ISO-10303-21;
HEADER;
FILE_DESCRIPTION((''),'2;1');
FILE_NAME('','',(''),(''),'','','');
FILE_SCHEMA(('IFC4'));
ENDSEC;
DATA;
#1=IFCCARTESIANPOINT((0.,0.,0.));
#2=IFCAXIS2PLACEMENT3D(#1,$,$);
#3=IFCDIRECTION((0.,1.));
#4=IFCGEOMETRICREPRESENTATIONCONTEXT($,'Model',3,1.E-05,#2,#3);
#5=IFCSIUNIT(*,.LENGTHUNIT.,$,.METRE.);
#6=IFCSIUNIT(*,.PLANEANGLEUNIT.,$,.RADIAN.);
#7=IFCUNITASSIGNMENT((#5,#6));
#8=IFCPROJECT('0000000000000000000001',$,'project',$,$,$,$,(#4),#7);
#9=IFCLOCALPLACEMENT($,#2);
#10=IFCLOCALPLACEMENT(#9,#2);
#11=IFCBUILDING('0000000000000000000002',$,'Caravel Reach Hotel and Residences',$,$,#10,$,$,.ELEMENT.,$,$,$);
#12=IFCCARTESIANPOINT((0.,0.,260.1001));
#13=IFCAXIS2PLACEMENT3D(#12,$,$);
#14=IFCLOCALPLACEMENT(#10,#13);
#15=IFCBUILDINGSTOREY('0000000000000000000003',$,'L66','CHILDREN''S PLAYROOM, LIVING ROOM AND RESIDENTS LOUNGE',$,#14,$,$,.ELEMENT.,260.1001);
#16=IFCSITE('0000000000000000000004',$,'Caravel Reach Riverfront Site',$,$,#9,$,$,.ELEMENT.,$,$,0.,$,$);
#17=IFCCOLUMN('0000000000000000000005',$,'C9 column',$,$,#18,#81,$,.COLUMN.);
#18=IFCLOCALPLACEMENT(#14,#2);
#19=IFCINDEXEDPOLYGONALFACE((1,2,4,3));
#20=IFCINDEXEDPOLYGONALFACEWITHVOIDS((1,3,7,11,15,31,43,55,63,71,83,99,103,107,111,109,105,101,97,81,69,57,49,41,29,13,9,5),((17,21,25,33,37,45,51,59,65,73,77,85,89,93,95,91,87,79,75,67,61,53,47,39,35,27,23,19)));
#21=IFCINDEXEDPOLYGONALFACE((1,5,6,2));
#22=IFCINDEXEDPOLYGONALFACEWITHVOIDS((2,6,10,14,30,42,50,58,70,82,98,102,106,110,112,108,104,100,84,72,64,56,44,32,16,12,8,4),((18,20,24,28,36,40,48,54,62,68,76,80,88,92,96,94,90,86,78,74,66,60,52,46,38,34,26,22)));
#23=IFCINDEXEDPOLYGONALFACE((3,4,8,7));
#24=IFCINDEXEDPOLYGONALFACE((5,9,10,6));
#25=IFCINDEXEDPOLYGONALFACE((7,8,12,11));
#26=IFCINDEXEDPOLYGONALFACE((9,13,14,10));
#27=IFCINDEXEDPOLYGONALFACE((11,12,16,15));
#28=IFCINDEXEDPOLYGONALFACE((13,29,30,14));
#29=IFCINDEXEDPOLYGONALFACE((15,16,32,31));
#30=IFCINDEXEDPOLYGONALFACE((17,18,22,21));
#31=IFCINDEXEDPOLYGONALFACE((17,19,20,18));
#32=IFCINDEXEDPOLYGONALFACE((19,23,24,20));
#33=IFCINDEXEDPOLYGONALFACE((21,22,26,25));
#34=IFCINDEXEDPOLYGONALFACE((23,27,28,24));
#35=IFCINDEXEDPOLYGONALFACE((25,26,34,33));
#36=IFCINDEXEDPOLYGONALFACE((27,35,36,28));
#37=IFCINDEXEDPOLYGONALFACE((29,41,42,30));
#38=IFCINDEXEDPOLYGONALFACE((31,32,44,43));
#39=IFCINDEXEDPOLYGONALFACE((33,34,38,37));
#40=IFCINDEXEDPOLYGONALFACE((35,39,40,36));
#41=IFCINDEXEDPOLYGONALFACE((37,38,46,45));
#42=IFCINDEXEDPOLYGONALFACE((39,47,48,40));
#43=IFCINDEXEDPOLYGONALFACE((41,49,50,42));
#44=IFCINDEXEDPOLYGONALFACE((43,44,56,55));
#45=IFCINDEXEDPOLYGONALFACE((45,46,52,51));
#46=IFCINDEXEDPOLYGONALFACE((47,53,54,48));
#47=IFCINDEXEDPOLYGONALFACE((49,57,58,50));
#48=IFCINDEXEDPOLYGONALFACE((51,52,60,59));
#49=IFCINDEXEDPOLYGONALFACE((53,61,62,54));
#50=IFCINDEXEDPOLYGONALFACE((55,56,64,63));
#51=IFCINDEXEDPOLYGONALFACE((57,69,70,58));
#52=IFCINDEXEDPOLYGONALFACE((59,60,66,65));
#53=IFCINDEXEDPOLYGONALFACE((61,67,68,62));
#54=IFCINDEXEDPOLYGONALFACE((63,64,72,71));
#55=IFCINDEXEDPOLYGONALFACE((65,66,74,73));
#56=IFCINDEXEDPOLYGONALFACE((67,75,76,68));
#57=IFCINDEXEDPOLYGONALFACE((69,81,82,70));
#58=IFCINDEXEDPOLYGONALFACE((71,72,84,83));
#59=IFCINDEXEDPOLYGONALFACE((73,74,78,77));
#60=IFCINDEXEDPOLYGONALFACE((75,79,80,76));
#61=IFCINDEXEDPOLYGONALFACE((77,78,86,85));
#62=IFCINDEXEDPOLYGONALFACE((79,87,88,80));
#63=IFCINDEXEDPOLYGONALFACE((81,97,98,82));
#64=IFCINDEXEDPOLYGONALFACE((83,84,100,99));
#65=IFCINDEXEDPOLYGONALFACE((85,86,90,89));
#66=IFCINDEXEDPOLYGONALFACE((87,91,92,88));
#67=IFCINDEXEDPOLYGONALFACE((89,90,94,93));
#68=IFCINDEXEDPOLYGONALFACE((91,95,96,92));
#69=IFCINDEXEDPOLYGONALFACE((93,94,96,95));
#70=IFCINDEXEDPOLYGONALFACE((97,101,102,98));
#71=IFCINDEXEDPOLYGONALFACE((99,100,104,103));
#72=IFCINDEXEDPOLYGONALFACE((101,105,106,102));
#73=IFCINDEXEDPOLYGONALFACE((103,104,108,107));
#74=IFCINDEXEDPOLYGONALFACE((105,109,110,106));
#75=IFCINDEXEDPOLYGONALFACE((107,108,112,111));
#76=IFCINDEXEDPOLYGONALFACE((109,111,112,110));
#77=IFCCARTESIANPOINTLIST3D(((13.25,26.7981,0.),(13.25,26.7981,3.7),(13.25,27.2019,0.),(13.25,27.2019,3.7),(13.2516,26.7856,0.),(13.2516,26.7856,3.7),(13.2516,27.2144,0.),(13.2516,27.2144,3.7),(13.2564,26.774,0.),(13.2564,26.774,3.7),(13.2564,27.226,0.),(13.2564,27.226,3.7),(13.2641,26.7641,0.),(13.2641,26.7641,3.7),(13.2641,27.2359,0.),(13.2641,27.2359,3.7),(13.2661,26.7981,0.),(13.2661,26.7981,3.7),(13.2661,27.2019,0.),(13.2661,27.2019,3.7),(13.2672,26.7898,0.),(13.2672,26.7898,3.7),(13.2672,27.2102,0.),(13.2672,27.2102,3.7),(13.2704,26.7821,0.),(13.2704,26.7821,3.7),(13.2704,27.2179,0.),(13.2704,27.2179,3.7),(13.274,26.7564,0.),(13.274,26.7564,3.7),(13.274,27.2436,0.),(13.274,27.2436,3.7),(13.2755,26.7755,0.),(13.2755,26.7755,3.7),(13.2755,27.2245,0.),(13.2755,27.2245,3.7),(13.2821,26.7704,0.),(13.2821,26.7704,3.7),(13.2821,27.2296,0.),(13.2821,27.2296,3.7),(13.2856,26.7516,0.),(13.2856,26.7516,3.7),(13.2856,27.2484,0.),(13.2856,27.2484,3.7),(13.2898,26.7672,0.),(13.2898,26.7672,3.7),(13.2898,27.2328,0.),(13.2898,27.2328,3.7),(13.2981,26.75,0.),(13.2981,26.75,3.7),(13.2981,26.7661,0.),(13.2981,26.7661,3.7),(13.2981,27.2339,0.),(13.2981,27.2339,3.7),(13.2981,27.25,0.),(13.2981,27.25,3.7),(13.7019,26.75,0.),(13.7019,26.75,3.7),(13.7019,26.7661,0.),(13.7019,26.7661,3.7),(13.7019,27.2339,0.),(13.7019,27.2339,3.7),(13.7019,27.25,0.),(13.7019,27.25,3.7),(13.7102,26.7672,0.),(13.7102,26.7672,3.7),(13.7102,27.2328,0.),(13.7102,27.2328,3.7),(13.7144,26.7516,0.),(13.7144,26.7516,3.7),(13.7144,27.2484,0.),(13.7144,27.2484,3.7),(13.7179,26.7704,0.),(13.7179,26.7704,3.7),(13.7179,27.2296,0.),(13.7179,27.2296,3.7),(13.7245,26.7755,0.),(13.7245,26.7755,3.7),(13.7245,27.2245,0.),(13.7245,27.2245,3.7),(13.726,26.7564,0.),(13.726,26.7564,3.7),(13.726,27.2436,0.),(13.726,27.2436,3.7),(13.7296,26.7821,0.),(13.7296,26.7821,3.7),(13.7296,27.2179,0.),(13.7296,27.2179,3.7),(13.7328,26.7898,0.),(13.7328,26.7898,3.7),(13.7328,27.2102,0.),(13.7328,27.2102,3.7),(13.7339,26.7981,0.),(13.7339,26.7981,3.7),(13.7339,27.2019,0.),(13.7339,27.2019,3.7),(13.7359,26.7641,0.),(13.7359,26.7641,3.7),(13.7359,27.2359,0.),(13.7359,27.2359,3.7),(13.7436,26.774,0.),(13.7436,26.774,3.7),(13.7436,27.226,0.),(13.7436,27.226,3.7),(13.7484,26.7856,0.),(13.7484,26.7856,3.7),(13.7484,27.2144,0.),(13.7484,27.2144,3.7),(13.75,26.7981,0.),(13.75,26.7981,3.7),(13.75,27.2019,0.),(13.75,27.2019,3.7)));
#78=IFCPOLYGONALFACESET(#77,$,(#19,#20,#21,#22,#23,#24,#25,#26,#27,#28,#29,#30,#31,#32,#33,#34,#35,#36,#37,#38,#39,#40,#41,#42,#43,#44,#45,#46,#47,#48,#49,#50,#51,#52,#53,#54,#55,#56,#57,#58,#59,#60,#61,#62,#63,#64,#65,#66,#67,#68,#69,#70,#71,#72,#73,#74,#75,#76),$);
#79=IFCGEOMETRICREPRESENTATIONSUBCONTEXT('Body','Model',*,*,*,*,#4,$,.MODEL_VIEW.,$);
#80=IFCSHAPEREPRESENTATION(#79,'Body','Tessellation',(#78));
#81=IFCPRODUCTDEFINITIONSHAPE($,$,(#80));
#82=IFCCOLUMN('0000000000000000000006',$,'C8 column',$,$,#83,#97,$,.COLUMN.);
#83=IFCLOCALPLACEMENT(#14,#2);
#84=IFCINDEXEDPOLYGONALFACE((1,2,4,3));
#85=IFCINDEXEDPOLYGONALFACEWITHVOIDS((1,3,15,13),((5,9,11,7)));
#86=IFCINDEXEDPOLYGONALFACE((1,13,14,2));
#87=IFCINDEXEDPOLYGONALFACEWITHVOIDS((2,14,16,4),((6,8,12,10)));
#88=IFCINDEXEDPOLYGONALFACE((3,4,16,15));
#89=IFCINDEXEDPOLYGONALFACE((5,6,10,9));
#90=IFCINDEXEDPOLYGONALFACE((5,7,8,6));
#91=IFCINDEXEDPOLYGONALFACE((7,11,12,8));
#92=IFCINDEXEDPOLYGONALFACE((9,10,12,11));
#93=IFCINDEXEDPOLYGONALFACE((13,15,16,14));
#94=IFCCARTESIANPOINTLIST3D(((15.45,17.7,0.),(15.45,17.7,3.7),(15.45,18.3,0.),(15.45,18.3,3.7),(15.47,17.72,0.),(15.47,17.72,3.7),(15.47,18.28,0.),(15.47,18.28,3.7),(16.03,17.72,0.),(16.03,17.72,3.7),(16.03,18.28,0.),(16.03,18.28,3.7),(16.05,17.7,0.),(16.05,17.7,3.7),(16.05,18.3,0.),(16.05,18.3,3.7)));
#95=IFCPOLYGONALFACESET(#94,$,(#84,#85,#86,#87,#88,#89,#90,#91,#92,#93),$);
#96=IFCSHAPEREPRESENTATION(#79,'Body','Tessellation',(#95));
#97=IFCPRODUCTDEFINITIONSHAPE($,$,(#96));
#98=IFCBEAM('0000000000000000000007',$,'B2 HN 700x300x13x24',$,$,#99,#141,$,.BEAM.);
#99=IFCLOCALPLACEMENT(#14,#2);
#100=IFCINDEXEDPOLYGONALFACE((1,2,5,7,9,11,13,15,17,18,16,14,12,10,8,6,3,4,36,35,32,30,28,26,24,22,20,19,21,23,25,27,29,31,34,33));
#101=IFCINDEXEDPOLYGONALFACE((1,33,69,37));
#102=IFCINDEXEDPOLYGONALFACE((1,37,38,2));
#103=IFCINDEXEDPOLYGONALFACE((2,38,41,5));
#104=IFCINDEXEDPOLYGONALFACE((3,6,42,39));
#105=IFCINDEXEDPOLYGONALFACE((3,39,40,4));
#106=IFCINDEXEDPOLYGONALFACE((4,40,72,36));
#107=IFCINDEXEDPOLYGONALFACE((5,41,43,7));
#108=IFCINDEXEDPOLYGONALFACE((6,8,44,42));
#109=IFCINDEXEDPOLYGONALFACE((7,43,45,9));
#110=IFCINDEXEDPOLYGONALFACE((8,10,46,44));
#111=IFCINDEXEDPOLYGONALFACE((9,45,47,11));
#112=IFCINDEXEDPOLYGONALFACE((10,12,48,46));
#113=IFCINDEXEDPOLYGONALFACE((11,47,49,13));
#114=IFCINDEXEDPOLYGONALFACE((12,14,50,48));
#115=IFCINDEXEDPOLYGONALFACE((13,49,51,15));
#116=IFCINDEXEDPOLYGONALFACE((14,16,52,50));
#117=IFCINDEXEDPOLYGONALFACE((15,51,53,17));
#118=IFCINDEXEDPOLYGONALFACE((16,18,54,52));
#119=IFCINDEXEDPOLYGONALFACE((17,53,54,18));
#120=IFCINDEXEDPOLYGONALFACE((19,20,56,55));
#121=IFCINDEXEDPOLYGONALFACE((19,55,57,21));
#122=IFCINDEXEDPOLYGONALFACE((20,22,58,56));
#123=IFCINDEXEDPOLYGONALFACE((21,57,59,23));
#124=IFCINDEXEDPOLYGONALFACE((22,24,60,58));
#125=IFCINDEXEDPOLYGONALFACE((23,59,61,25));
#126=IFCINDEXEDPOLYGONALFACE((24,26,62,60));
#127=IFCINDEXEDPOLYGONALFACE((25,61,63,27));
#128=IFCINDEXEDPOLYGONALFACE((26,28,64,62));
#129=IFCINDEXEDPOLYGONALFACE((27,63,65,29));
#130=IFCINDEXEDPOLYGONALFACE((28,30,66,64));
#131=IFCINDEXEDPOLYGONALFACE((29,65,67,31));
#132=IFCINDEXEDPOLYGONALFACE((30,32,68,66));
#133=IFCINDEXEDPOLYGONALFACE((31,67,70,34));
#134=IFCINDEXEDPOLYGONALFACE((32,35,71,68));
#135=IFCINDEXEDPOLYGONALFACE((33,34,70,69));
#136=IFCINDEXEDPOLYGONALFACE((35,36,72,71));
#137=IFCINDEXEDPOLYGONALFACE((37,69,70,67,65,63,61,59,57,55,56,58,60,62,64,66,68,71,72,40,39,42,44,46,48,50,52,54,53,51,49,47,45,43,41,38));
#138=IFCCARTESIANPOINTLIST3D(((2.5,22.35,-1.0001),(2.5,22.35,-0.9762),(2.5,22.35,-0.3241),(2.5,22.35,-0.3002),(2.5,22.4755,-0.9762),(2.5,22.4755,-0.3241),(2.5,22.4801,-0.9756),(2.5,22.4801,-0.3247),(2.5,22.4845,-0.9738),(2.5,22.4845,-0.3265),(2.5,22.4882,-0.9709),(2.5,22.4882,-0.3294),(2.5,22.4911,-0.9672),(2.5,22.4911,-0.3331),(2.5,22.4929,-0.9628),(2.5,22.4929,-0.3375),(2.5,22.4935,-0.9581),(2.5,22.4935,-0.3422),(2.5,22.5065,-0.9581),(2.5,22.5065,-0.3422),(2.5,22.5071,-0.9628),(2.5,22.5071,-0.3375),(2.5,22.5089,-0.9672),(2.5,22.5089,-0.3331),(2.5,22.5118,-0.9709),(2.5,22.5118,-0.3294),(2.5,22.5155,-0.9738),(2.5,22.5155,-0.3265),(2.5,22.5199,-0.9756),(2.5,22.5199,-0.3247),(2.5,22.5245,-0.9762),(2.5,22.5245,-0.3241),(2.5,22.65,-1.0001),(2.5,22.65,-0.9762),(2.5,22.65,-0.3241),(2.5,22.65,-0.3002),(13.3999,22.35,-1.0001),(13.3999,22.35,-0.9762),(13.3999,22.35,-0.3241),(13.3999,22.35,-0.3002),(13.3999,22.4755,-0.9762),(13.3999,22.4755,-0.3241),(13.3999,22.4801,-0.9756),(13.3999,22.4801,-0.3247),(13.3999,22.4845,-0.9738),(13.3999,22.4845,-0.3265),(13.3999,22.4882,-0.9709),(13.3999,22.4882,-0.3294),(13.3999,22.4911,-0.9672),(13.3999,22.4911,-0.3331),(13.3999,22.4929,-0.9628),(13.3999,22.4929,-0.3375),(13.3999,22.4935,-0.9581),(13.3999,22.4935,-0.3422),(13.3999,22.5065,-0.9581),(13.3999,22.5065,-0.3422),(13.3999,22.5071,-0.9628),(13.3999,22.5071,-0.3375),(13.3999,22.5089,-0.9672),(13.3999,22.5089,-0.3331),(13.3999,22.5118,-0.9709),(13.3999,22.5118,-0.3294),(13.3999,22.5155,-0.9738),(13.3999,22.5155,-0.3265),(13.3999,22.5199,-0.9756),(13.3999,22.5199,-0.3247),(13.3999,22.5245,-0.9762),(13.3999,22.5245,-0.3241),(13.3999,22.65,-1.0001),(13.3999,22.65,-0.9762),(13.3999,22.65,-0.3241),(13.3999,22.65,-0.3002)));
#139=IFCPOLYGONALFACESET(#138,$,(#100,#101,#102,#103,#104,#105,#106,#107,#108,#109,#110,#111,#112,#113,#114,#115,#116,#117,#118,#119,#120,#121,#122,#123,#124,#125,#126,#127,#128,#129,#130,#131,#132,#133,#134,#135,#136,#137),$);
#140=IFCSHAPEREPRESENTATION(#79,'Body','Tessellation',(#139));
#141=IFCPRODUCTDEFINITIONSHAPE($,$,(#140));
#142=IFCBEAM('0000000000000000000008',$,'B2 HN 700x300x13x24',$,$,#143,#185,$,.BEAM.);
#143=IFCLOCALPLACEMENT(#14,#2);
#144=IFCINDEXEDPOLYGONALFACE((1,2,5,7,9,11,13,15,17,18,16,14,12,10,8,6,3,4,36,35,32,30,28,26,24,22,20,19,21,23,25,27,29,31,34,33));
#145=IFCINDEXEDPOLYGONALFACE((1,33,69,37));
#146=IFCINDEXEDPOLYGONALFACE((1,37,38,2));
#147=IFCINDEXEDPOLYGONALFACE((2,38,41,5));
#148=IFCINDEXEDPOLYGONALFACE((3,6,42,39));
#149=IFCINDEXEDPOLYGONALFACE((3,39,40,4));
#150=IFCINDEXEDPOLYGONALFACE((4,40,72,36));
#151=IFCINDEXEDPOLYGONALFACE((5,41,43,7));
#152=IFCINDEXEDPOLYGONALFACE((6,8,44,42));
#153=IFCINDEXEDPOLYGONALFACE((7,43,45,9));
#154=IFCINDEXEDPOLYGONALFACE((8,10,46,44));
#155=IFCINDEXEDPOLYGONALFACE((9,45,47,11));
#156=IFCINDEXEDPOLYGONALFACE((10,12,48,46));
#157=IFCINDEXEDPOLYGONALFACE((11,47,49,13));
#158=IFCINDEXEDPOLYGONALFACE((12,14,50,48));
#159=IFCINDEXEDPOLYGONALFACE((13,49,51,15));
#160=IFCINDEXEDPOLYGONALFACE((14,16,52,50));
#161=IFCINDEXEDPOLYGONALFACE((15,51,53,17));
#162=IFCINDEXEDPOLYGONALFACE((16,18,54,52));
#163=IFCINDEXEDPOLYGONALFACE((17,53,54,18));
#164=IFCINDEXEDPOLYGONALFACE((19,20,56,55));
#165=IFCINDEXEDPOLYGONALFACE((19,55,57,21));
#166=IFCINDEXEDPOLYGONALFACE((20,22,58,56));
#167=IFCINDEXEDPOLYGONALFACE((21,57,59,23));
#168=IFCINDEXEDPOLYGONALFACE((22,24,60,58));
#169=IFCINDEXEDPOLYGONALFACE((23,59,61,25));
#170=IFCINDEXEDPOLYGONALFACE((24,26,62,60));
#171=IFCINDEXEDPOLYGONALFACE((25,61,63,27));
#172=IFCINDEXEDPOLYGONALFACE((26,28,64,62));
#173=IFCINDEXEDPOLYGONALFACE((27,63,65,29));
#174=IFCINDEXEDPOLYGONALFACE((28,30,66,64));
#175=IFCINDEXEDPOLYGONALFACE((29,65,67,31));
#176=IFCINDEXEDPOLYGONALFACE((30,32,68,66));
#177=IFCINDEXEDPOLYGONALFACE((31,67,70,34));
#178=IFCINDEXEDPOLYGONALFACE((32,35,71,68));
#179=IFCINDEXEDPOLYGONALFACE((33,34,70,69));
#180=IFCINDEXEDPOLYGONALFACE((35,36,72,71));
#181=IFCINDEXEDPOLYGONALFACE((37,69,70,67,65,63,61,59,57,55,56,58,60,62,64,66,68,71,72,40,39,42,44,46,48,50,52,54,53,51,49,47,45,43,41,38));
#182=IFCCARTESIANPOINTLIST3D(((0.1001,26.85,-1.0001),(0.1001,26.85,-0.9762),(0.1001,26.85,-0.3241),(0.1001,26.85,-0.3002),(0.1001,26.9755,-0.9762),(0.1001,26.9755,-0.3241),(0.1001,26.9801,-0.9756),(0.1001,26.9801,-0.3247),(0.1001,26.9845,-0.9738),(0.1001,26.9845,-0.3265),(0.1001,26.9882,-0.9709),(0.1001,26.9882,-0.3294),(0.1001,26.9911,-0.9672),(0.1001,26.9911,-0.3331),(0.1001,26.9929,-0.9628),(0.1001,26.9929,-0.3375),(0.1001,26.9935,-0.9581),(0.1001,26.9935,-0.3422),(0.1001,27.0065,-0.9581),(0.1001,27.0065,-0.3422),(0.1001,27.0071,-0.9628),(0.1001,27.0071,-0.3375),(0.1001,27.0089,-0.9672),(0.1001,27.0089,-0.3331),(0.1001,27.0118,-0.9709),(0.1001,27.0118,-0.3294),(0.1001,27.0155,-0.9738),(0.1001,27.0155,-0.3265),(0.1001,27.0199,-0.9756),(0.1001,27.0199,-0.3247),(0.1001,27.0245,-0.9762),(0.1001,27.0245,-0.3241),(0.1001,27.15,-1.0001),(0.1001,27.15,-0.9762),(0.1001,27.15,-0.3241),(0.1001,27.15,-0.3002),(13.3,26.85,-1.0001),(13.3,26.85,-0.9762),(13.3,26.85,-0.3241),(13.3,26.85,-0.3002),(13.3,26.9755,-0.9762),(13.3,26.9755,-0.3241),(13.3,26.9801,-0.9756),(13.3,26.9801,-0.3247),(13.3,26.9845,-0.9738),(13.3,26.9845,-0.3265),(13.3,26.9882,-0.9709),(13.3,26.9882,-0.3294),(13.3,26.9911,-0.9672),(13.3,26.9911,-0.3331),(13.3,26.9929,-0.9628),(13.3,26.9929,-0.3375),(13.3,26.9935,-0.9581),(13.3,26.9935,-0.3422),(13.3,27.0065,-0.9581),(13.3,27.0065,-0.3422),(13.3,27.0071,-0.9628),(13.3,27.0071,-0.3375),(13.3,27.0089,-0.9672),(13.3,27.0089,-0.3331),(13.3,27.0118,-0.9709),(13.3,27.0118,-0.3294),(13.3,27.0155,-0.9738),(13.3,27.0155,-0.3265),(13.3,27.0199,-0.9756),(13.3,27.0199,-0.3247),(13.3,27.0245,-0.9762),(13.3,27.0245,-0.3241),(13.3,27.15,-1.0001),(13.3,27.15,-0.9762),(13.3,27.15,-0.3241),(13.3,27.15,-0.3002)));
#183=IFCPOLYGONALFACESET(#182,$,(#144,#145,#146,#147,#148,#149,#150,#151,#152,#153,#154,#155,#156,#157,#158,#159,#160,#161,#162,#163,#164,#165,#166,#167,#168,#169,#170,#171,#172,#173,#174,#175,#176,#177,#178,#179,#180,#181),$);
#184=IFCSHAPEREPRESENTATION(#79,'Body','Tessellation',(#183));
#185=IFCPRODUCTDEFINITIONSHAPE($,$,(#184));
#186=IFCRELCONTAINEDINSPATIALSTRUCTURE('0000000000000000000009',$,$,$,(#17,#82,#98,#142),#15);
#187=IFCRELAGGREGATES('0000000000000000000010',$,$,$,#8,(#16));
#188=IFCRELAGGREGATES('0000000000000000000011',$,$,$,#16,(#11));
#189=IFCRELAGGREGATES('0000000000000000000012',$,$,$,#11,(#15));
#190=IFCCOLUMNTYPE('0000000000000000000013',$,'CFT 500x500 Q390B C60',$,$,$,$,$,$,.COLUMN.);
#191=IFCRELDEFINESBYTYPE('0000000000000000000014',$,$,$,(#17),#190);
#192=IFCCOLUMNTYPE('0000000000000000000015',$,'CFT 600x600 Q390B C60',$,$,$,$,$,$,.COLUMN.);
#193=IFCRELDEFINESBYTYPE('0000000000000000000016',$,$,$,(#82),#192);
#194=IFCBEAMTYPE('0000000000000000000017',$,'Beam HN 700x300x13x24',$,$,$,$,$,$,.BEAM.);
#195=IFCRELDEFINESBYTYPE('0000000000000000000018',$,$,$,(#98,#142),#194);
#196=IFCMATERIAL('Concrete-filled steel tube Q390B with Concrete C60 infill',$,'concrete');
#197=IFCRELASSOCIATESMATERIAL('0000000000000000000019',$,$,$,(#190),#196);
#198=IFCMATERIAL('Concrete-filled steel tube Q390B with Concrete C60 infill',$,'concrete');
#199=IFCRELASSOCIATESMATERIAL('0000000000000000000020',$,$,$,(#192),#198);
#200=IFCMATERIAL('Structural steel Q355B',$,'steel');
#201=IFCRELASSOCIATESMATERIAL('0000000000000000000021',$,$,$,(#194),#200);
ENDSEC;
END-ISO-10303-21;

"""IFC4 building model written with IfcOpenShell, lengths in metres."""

from ifc_helpers import new_model, si_unit, direction, frame, origin, origin_2d, place, context, subcontext, project, spatial, hollow_rectangle, i_section, extrude, material, material_profile, profile_set, type_object, element, save


model = new_model("IFC4")

# Units and contexts
model_context = context("Model", 3, precision=1e-05, world=origin(), true_north=direction((0.0, 1.0)))
body_context = subcontext(model_context, "Body", "Model", "MODEL_VIEW")
ifc_project = project(units=[si_unit("LENGTHUNIT", "METRE"), si_unit("PLANEANGLEUNIT", "RADIAN")], contexts=[model_context])

# Site, building, storey
site_placement = place(None, origin())
site = spatial("IfcSite", under=ifc_project, at=site_placement, Name="Caravel Reach Riverfront Site", CompositionType="ELEMENT", RefElevation=0.0)
building_placement = place(site_placement, origin())
building = spatial("IfcBuilding", under=site, at=building_placement, Name="Caravel Reach Hotel and Residences", CompositionType="ELEMENT")
storey_placement = place(building_placement, frame((0.0, 0.0, 260.1001)))
storey = spatial("IfcBuildingStorey", under=building, at=storey_placement, Name="L66", Description="CHILDREN'S PLAYROOM, LIVING ROOM AND RESIDENTS LOUNGE", CompositionType="ELEMENT", Elevation=260.1001)

# Columns
ifc_material_1 = material(Name="Concrete-filled steel tube Q390B with Concrete C60 infill", Category="concrete")
ifc_material_profile_1 = material_profile(ifc_material_1, hollow_rectangle(XDim=0.5, YDim=0.5, WallThickness=0.0161, InnerFilletRadius=0.032, OuterFilletRadius=0.0481, at=origin_2d()), Name="RHS 500x500x16")
ifc_profile_set_1 = profile_set([ifc_material_profile_1], Name="Concrete-filled steel tube Q390B with Concrete C60 infill")
column_type_1 = type_object("IfcColumnType", Name="CFT 500x500 Q390B C60", PredefinedType="COLUMN", material=ifc_profile_set_1)
column_1_placement = place(storey_placement, frame((13.5, 27.0, 0.0), z_axis=(0.0, 0.0, 1.0), x_axis=(1.0, 0.0, 0.0)))
element("IfcColumn", 1, at=column_1_placement, inside=storey, type_object=column_type_1, Name="C9 column", PredefinedType="COLUMN", context=body_context, shape_type="SweptSolid", body=[
    extrude(hollow_rectangle(XDim=0.5, YDim=0.5, WallThickness=0.0161, InnerFilletRadius=0.032, OuterFilletRadius=0.0481, at=origin_2d()), origin(), (0.0, 0.0, 1.0), 3.7),
])
ifc_material_2 = material(Name="Concrete-filled steel tube Q390B with Concrete C60 infill", Category="concrete")
ifc_material_profile_2 = material_profile(ifc_material_2, hollow_rectangle(XDim=0.6001, YDim=0.6001, WallThickness=0.02, at=origin_2d()), Name="RHS 600x600x20")
ifc_profile_set_2 = profile_set([ifc_material_profile_2], Name="Concrete-filled steel tube Q390B with Concrete C60 infill")
column_type_2 = type_object("IfcColumnType", Name="CFT 600x600 Q390B C60", PredefinedType="COLUMN", material=ifc_profile_set_2)
column_2_placement = place(storey_placement, frame((15.75, 18.0, 0.0), z_axis=(0.0, 0.0, 1.0), x_axis=(1.0, 0.0, 0.0)))
element("IfcColumn", 2, at=column_2_placement, inside=storey, type_object=column_type_2, Name="C8 column", PredefinedType="COLUMN", context=body_context, shape_type="SweptSolid", body=[
    extrude(hollow_rectangle(XDim=0.6001, YDim=0.6001, WallThickness=0.02, at=origin_2d()), origin(), (0.0, 0.0, 1.0), 3.7),
])

# Beams
ifc_material_3 = material(Name="Structural steel Q355B", Category="steel")
ifc_material_profile_3 = material_profile(ifc_material_3, i_section(OverallWidth=0.3, OverallDepth=0.7, WebThickness=0.0129, FlangeThickness=0.0239, FilletRadius=0.0181, at=origin_2d()), Name="HN 700x300x13x24")
ifc_profile_set_3 = profile_set([ifc_material_profile_3], Name="Structural steel Q355B")
beam_type_1 = type_object("IfcBeamType", Name="Beam HN 700x300x13x24", PredefinedType="BEAM", material=ifc_profile_set_3)
beam_1_placement = place(storey_placement, frame((13.3999, 22.5, -0.6501), z_axis=(-1.0, 0.0, 0.0), x_axis=(0.0, -1.0, 0.0)))
element("IfcBeam", 3, at=beam_1_placement, inside=storey, type_object=beam_type_1, Name="B2 HN 700x300x13x24", PredefinedType="BEAM", context=body_context, shape_type="SweptSolid", body=[
    extrude(i_section(OverallWidth=0.3, OverallDepth=0.7, WebThickness=0.0129, FlangeThickness=0.0239, FilletRadius=0.0181, at=origin_2d()), origin(), (0.0, 0.0, 1.0), 10.8999),
])
beam_2_placement = place(storey_placement, frame((13.3, 27.0, -0.6501), z_axis=(-1.0, 0.0, 0.0), x_axis=(0.0, -1.0, 0.0)))
element("IfcBeam", 4, at=beam_2_placement, inside=storey, type_object=beam_type_1, Name="B2 HN 700x300x13x24", PredefinedType="BEAM", context=body_context, shape_type="SweptSolid", body=[
    extrude(i_section(OverallWidth=0.3, OverallDepth=0.7, WebThickness=0.0129, FlangeThickness=0.0239, FilletRadius=0.0181, at=origin_2d()), origin(), (0.0, 0.0, 1.0), 13.2),
])

save(model, "model.ifc")
